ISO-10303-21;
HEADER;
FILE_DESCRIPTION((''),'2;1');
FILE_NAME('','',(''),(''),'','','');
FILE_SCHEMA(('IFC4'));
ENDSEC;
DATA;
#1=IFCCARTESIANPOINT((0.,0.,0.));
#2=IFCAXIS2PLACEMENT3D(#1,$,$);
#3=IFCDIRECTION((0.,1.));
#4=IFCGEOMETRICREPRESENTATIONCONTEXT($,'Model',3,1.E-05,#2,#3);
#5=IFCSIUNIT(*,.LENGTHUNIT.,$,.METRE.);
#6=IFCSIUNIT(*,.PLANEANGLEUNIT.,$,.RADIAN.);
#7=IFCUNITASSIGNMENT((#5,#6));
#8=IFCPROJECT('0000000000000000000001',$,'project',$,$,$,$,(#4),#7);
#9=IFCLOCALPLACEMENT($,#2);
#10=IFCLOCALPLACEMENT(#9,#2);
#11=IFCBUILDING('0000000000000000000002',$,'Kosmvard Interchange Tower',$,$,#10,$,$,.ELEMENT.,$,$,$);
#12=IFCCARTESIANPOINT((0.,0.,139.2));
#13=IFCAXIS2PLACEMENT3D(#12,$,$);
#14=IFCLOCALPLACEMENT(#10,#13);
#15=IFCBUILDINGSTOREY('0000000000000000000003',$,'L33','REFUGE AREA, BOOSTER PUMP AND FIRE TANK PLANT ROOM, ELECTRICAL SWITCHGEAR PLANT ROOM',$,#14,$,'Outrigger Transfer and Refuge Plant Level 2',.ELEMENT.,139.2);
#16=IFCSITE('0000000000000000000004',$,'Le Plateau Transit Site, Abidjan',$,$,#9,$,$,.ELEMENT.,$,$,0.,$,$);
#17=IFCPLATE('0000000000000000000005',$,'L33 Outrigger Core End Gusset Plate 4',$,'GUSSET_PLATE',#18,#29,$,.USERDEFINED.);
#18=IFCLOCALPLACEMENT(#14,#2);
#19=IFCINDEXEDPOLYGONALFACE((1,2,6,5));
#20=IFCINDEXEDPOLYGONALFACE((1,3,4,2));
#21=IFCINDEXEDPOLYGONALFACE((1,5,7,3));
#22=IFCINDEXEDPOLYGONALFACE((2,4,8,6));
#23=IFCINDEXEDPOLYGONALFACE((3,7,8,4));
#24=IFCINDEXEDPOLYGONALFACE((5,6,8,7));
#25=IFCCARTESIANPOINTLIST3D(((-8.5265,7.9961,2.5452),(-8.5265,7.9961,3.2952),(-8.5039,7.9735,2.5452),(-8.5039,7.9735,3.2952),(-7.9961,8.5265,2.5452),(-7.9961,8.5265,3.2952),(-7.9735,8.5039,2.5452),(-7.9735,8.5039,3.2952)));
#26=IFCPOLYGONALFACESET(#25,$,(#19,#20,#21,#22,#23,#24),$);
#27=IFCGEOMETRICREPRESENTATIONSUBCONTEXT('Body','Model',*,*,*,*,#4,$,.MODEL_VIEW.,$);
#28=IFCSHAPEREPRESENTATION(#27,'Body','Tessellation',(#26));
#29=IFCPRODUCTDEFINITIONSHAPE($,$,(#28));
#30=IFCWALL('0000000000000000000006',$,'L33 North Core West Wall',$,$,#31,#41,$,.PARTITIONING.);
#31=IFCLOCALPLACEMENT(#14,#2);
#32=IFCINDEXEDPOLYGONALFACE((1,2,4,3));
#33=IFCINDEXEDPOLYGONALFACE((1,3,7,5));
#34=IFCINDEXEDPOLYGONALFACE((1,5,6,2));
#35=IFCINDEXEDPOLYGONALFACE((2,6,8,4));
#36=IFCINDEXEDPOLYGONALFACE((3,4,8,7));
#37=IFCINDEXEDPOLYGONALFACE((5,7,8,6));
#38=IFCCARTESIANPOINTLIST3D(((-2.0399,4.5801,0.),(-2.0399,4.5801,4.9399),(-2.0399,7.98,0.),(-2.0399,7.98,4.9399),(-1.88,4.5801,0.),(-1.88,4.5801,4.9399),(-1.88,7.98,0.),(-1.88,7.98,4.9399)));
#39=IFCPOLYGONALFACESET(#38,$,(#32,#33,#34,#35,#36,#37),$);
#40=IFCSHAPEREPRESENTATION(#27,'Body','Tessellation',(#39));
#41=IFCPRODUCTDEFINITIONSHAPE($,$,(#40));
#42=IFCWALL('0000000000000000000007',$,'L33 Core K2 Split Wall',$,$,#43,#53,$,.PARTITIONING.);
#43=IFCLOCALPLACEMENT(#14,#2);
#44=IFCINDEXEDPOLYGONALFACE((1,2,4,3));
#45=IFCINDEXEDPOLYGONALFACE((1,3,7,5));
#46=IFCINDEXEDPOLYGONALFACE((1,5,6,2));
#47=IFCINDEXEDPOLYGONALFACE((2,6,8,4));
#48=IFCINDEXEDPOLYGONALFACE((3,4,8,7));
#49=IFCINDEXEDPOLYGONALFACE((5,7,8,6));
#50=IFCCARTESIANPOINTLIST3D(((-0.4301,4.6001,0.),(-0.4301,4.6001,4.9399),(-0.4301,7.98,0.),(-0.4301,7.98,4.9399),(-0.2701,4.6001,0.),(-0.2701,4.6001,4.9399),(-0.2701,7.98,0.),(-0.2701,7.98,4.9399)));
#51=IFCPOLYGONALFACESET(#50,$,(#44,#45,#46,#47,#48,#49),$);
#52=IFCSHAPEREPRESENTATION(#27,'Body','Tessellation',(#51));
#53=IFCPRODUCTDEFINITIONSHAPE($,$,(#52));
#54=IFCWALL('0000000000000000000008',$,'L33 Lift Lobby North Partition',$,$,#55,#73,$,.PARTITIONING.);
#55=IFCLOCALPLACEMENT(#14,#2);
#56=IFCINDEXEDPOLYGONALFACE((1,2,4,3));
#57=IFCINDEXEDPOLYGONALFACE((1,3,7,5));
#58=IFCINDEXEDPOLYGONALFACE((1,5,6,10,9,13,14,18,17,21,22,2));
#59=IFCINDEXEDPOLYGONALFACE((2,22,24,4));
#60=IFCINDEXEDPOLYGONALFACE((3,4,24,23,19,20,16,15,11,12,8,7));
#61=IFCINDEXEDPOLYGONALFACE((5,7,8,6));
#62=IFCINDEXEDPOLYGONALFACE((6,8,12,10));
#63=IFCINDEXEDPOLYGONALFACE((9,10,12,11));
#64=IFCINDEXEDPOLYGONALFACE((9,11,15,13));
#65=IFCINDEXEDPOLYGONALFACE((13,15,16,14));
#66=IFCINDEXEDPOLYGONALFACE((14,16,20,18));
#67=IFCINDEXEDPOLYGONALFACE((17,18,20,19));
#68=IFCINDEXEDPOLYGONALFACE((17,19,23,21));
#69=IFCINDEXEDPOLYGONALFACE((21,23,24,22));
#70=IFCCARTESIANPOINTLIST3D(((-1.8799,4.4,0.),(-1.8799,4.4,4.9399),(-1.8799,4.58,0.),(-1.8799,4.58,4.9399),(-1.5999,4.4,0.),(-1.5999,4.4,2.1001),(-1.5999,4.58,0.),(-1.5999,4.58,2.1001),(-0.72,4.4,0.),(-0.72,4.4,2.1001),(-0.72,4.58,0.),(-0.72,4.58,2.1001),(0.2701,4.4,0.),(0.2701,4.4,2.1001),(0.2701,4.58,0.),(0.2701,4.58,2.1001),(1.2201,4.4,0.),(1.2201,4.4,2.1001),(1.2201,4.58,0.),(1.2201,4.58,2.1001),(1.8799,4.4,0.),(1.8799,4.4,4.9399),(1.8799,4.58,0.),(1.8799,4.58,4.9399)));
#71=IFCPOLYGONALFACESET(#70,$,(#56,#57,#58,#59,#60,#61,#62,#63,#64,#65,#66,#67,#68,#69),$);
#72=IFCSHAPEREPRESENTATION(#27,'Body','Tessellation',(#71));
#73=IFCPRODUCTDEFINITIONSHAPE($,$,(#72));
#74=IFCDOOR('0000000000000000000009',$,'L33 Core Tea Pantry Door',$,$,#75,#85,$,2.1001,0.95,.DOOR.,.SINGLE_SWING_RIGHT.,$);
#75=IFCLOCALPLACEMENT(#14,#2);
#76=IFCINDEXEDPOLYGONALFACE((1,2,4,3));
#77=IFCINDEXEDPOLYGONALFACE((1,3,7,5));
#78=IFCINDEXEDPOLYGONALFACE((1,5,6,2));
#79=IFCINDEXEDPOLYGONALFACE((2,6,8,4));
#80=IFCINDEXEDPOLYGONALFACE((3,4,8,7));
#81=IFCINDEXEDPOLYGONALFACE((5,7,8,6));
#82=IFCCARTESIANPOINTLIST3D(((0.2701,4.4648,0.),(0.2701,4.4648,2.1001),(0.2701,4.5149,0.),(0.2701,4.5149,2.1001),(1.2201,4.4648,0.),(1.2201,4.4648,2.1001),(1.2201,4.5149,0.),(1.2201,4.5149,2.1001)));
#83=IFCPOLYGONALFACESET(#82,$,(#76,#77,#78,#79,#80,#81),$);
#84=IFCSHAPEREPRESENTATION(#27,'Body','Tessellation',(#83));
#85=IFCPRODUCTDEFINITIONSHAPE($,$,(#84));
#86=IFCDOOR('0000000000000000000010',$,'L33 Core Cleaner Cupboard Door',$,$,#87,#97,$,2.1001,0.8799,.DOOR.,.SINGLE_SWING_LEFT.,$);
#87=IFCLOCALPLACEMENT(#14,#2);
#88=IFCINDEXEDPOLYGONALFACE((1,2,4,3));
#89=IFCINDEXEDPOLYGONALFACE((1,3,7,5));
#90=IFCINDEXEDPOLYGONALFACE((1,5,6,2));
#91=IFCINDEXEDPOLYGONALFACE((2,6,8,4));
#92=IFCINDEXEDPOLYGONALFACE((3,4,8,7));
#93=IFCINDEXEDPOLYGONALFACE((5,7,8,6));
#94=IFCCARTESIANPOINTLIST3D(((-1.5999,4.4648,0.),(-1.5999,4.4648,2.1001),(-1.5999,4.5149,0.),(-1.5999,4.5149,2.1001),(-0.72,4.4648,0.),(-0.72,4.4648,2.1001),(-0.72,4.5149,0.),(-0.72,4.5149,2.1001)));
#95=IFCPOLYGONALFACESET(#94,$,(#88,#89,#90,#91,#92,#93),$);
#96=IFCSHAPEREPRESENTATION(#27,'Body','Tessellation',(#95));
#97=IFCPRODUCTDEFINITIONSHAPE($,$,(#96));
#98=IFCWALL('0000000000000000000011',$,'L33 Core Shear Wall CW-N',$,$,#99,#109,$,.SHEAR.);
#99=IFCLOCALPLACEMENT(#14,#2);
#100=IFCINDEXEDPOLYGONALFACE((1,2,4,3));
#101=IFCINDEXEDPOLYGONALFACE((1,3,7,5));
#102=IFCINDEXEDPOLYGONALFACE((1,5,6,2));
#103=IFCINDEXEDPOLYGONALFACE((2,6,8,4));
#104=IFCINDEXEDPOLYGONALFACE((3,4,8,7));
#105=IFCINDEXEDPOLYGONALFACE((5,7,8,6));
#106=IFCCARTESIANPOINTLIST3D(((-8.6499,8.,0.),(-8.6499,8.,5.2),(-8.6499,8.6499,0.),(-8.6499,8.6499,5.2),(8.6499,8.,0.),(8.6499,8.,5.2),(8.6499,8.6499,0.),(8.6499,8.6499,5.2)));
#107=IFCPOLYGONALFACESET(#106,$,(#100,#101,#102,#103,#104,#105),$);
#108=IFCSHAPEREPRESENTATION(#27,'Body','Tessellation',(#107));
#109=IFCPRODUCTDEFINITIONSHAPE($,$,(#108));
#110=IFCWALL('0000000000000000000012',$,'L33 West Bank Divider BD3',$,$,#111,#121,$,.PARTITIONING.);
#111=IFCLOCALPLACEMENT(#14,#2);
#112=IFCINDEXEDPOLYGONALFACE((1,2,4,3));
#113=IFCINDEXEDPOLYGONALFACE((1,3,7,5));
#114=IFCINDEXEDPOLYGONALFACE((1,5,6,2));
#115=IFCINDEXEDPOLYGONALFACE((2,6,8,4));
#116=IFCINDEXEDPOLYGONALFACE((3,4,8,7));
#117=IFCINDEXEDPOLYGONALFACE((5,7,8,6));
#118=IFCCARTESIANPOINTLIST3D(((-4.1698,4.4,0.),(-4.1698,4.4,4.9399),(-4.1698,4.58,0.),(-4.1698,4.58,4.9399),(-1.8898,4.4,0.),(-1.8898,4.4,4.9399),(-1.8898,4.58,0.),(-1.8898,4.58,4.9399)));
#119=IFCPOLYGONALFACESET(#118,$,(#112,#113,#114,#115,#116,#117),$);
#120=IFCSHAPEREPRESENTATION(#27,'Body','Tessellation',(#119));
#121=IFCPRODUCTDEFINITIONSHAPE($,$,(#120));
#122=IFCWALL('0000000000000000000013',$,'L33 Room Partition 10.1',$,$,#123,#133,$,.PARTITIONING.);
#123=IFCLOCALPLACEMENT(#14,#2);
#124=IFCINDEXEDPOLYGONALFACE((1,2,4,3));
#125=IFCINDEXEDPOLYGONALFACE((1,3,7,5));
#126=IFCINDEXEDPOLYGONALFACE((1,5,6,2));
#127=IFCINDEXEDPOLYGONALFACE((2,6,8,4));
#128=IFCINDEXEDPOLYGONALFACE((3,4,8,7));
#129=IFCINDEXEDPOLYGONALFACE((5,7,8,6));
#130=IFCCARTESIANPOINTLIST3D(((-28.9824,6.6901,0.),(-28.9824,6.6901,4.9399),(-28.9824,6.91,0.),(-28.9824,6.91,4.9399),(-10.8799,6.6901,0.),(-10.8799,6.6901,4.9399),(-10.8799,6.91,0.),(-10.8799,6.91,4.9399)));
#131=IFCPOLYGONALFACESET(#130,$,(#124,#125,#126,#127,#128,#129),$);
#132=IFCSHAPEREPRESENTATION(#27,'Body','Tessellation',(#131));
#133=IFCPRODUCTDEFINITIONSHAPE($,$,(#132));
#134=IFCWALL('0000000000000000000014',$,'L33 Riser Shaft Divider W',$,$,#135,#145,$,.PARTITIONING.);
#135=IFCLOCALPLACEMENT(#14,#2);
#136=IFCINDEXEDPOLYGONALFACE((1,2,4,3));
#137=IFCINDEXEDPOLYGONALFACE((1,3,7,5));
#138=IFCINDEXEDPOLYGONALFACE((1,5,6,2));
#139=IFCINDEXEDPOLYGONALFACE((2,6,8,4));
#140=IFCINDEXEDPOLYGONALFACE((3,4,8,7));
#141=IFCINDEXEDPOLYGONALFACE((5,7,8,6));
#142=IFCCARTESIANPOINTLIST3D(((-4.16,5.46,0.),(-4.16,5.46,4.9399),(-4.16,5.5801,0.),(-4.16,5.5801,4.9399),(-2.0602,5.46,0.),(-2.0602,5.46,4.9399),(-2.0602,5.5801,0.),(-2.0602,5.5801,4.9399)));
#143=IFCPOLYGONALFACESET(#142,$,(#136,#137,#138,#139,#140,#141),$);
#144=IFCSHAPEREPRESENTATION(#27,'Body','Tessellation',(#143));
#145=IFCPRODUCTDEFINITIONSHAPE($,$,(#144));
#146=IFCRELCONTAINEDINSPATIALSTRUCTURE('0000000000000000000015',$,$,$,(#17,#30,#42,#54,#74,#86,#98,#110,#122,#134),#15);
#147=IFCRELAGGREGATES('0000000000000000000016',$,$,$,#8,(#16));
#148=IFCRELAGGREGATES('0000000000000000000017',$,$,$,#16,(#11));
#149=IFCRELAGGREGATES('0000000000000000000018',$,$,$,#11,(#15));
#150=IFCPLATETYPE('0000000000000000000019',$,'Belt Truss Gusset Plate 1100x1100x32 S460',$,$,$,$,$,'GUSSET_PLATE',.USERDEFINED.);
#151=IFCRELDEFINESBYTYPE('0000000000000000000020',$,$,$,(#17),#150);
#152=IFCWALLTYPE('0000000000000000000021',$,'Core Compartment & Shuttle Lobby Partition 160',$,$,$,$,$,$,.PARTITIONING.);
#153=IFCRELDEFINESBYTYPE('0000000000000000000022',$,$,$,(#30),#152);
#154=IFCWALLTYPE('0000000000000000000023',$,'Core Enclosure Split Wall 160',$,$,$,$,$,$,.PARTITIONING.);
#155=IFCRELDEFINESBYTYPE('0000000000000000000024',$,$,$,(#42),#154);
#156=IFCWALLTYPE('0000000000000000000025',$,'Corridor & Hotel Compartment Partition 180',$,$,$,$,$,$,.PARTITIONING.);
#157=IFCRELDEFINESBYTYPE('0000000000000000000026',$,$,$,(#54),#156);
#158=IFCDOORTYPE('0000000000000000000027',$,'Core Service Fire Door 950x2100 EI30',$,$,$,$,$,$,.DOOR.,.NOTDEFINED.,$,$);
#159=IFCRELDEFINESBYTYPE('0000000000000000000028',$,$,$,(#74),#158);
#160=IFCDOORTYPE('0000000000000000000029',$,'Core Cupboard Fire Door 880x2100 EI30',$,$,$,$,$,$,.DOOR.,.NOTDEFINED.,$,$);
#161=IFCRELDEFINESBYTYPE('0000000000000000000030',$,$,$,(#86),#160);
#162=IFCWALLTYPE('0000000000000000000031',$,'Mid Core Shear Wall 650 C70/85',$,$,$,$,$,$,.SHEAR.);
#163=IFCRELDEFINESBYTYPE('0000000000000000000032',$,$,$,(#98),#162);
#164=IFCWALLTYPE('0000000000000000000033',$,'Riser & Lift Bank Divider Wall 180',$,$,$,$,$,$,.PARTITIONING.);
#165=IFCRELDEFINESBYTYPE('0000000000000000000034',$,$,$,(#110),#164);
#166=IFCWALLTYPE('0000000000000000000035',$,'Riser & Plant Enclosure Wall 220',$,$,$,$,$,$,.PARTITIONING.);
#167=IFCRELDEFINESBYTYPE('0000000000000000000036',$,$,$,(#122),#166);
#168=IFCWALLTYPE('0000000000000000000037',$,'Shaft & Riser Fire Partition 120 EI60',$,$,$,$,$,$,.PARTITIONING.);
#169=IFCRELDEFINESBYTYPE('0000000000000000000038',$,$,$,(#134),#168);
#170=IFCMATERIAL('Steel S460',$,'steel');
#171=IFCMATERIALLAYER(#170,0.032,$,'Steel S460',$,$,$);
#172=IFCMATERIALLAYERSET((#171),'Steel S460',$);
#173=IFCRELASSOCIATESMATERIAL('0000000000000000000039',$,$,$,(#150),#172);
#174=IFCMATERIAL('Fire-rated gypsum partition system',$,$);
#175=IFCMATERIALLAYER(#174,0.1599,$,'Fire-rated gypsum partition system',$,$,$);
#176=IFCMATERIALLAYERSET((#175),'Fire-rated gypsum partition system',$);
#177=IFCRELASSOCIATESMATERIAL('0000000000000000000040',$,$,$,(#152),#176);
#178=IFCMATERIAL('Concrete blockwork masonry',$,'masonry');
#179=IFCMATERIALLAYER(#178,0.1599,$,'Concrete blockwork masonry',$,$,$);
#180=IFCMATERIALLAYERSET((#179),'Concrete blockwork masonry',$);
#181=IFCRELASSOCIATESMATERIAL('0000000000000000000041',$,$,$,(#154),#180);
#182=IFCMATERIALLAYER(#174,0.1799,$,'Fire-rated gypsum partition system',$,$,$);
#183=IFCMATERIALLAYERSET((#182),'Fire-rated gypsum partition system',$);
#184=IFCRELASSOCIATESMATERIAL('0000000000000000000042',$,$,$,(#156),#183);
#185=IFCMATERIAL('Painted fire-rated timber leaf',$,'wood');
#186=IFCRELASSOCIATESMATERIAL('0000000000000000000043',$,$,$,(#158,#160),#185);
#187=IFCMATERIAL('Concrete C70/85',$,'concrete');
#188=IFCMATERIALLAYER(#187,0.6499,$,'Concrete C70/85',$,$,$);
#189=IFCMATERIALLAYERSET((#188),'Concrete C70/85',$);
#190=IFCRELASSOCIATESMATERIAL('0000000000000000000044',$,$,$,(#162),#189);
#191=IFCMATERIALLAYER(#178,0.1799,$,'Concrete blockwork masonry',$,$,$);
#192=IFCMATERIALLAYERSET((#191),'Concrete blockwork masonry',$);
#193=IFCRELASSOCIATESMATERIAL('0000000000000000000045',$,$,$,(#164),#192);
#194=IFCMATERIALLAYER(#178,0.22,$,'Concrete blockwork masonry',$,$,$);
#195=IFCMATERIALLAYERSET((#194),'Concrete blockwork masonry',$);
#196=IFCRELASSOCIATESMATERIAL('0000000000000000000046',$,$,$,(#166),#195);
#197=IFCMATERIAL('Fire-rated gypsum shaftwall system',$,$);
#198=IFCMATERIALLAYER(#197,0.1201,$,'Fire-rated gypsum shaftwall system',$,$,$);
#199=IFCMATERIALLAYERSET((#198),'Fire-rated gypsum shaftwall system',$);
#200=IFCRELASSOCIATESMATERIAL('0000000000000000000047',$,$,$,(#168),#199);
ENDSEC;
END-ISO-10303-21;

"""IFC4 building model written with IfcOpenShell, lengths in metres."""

from ifc_helpers import new_model, si_unit, direction, frame, frame_2d, origin, origin_2d, place, context, subcontext, project, spatial, rectangle, extrude, source, transform, mapped, material, layer, layer_set, type_object, element, fill, save


model = new_model("IFC4")

# Units and contexts
model_context = context("Model", 3, precision=1e-05, world=origin(), true_north=direction((0.0, 1.0)))
body_context = subcontext(model_context, "Body", "Model", "MODEL_VIEW")
ifc_project = project(units=[si_unit("LENGTHUNIT", "METRE"), si_unit("PLANEANGLEUNIT", "RADIAN")], contexts=[model_context])

# Site, building, storey
site_placement = place(None, origin())
site = spatial("IfcSite", under=ifc_project, at=site_placement, Name="Le Plateau Transit Site, Abidjan", CompositionType="ELEMENT", RefElevation=0.0)
building_placement = place(site_placement, origin())
building = spatial("IfcBuilding", under=site, at=building_placement, Name="Kosmvard Interchange Tower", CompositionType="ELEMENT")
storey_placement = place(building_placement, frame((0.0, 0.0, 139.2)))
storey = spatial("IfcBuildingStorey", under=building, at=storey_placement, Name="L33", Description="REFUGE AREA, BOOSTER PUMP AND FIRE TANK PLANT ROOM, ELECTRICAL SWITCHGEAR PLANT ROOM", LongName="Outrigger Transfer and Refuge Plant Level 2", CompositionType="ELEMENT", Elevation=139.2)

# Shared definitions
ifc_material_1 = material(Name="Steel S460", Category="steel")

# Plate
ifc_layer_1 = layer(ifc_material_1, 0.032, Name="Steel S460")
ifc_layer_set_1 = layer_set([ifc_layer_1], Name="Steel S460")
plate_type = type_object("IfcPlateType", Name="Belt Truss Gusset Plate 1100x1100x32 S460", ElementType="GUSSET_PLATE", PredefinedType="USERDEFINED", material=ifc_layer_set_1)
shared_shape_1 = source(origin(), body_context, "Body", "SweptSolid", [
    extrude(rectangle(XDim=0.75, YDim=0.032, at=origin_2d()), origin(), (0.0, 0.0, 1.0), 0.75),
])
plate_placement = place(storey_placement, frame((-8.25, 8.25, 2.5452), z_axis=(0.0, 0.0, 1.0), x_axis=(0.707107, 0.707107, 0.0)))
element("IfcPlate", 1, at=plate_placement, inside=storey, type_object=plate_type, Name="L33 Outrigger Core End Gusset Plate 4", ObjectType="GUSSET_PLATE", PredefinedType="USERDEFINED", context=body_context, shape_type="MappedRepresentation", body=[
    mapped(shared_shape_1, transform((0.0, 0.0, 0.0), scale=1.0)),
])

# Walls
ifc_material_2 = material(Name="Fire-rated gypsum partition system")
ifc_layer_2 = layer(ifc_material_2, 0.1599, Name="Fire-rated gypsum partition system")
ifc_layer_set_2 = layer_set([ifc_layer_2], Name="Fire-rated gypsum partition system")
wall_type_1 = type_object("IfcWallType", Name="Core Compartment & Shuttle Lobby Partition 160", PredefinedType="PARTITIONING", material=ifc_layer_set_2)
wall_1_placement = place(storey_placement, frame((-1.96, 4.5801, 0.0), z_axis=(0.0, 0.0, 1.0), x_axis=(0.0, 1.0, 0.0)))
element("IfcWall", 2, at=wall_1_placement, inside=storey, type_object=wall_type_1, Name="L33 North Core West Wall", PredefinedType="PARTITIONING", context=body_context, shape_type="SweptSolid", body=[
    extrude(rectangle(XDim=3.3999, YDim=0.1599, at=frame_2d((1.7, 0.0))), origin(), (0.0, 0.0, 1.0), 4.9399),
])
ifc_material_3 = material(Name="Concrete blockwork masonry", Category="masonry")
ifc_layer_3 = layer(ifc_material_3, 0.1599, Name="Concrete blockwork masonry")
ifc_layer_set_3 = layer_set([ifc_layer_3], Name="Concrete blockwork masonry")
wall_type_2 = type_object("IfcWallType", Name="Core Enclosure Split Wall 160", PredefinedType="PARTITIONING", material=ifc_layer_set_3)
wall_2_placement = place(storey_placement, frame((-0.3501, 4.6001, 0.0), z_axis=(0.0, 0.0, 1.0), x_axis=(0.0, 1.0, 0.0)))
element("IfcWall", 3, at=wall_2_placement, inside=storey, type_object=wall_type_2, Name="L33 Core K2 Split Wall", PredefinedType="PARTITIONING", context=body_context, shape_type="SweptSolid", body=[
    extrude(rectangle(XDim=3.3799, YDim=0.1599, at=frame_2d((1.6899, 0.0))), origin(), (0.0, 0.0, 1.0), 4.9399),
])

# Wall, openings, doors
ifc_layer_4 = layer(ifc_material_2, 0.1799, Name="Fire-rated gypsum partition system")
ifc_layer_set_4 = layer_set([ifc_layer_4], Name="Fire-rated gypsum partition system")
wall_type_3 = type_object("IfcWallType", Name="Corridor & Hotel Compartment Partition 180", PredefinedType="PARTITIONING", material=ifc_layer_set_4)
wall_3_placement = place(storey_placement, frame((-1.8799, 4.49, 0.0), z_axis=(0.0, 0.0, 1.0), x_axis=(1.0, 0.0, 0.0)))
wall_3 = element("IfcWall", 4, at=wall_3_placement, inside=storey, type_object=wall_type_3, Name="L33 Lift Lobby North Partition", PredefinedType="PARTITIONING", context=body_context, shape_type="SweptSolid", body=[
    extrude(rectangle(XDim=3.7598, YDim=0.1799, at=frame_2d((1.8799, 0.0))), origin(), (0.0, 0.0, 1.0), 4.9399),
])
opening_1_placement = place(wall_3_placement, frame((0.28, 0.0, 0.0)))
opening_1 = element("IfcOpeningElement", 5, at=opening_1_placement, cuts=wall_3, PredefinedType="OPENING", context=body_context, shape_type="SweptSolid", body=[
    extrude(rectangle(XDim=0.8799, YDim=2.1001, at=frame_2d((0.4399, 1.05))), frame((0.0, 0.1001, 0.0), z_axis=(0.0, -1.0, 0.0), x_axis=(1.0, 0.0, 0.0)), (0.0, 0.0, 1.0), 0.2),
])
opening_2_placement = place(wall_3_placement, frame((2.1499, 0.0, 0.0)))
opening_2 = element("IfcOpeningElement", 6, at=opening_2_placement, cuts=wall_3, PredefinedType="OPENING", context=body_context, shape_type="SweptSolid", body=[
    extrude(rectangle(XDim=0.95, YDim=2.1001, at=frame_2d((0.4751, 1.05))), frame((0.0, 0.1001, 0.0), z_axis=(0.0, -1.0, 0.0), x_axis=(1.0, 0.0, 0.0)), (0.0, 0.0, 1.0), 0.2),
])
ifc_material_4 = material(Name="Painted fire-rated timber leaf", Category="wood")
door_type_1 = type_object("IfcDoorType", Name="Core Service Fire Door 950x2100 EI30", OperationType="NOTDEFINED", PredefinedType="DOOR", material=ifc_material_4)
shared_shape_2 = source(origin(), body_context, "Body", "SweptSolid", [
    extrude(rectangle(XDim=0.95, YDim=2.1001, at=frame_2d((0.4751, 1.05))), frame((0.0, 0.0249, 0.0), z_axis=(0.0, -1.0, 0.0), x_axis=(1.0, 0.0, 0.0)), (0.0, 0.0, 1.0), 0.05),
])
door_1_placement = place(opening_2_placement, origin())
door_1 = element("IfcDoor", 7, at=door_1_placement, inside=storey, type_object=door_type_1, Name="L33 Core Tea Pantry Door", OperationType="SINGLE_SWING_RIGHT", OverallHeight=2.1001, OverallWidth=0.95, PredefinedType="DOOR", context=body_context, shape_type="MappedRepresentation", body=[
    mapped(shared_shape_2, transform((0.0, 0.0, 0.0), scale=1.0)),
])
fill(opening_2, door_1)
door_type_2 = type_object("IfcDoorType", Name="Core Cupboard Fire Door 880x2100 EI30", OperationType="NOTDEFINED", PredefinedType="DOOR", material=ifc_material_4)
shared_shape_3 = source(origin(), body_context, "Body", "SweptSolid", [
    extrude(rectangle(XDim=0.8799, YDim=2.1001, at=frame_2d((0.4399, 1.05))), frame((0.0, 0.0249, 0.0), z_axis=(0.0, -1.0, 0.0), x_axis=(1.0, 0.0, 0.0)), (0.0, 0.0, 1.0), 0.05),
])
door_2_placement = place(opening_1_placement, origin())
door_2 = element("IfcDoor", 8, at=door_2_placement, inside=storey, type_object=door_type_2, Name="L33 Core Cleaner Cupboard Door", OperationType="SINGLE_SWING_LEFT", OverallHeight=2.1001, OverallWidth=0.8799, PredefinedType="DOOR", context=body_context, shape_type="MappedRepresentation", body=[
    mapped(shared_shape_3, transform((0.0, 0.0, 0.0), scale=1.0)),
])
fill(opening_1, door_2)

# Walls
ifc_material_5 = material(Name="Concrete C70/85", Category="concrete")
ifc_layer_5 = layer(ifc_material_5, 0.6499, Name="Concrete C70/85")
ifc_layer_set_5 = layer_set([ifc_layer_5], Name="Concrete C70/85")
wall_type_4 = type_object("IfcWallType", Name="Mid Core Shear Wall 650 C70/85", PredefinedType="SHEAR", material=ifc_layer_set_5)
wall_4_placement = place(storey_placement, frame((-8.6499, 8.325, 0.0), z_axis=(0.0, 0.0, 1.0), x_axis=(1.0, 0.0, 0.0)))
element("IfcWall", 9, at=wall_4_placement, inside=storey, type_object=wall_type_4, Name="L33 Core Shear Wall CW-N", PredefinedType="SHEAR", context=body_context, shape_type="SweptSolid", body=[
    extrude(rectangle(XDim=17.2998, YDim=0.6499, at=frame_2d((8.6499, 0.0))), origin(), (0.0, 0.0, 1.0), 5.2),
])
ifc_layer_6 = layer(ifc_material_3, 0.1799, Name="Concrete blockwork masonry")
ifc_layer_set_6 = layer_set([ifc_layer_6], Name="Concrete blockwork masonry")
wall_type_5 = type_object("IfcWallType", Name="Riser & Lift Bank Divider Wall 180", PredefinedType="PARTITIONING", material=ifc_layer_set_6)
wall_5_placement = place(storey_placement, frame((-4.1699, 4.49, 0.0), z_axis=(0.0, 0.0, 1.0), x_axis=(1.0, 0.0, 0.0)))
element("IfcWall", 10, at=wall_5_placement, inside=storey, type_object=wall_type_5, Name="L33 West Bank Divider BD3", PredefinedType="PARTITIONING", context=body_context, shape_type="SweptSolid", body=[
    extrude(rectangle(XDim=2.28, YDim=0.1799, at=frame_2d((1.1401, 0.0))), origin(), (0.0, 0.0, 1.0), 4.9399),
])
ifc_layer_7 = layer(ifc_material_3, 0.22, Name="Concrete blockwork masonry")
ifc_layer_set_7 = layer_set([ifc_layer_7], Name="Concrete blockwork masonry")
wall_type_6 = type_object("IfcWallType", Name="Riser & Plant Enclosure Wall 220", PredefinedType="PARTITIONING", material=ifc_layer_set_7)
wall_6_placement = place(storey_placement, frame((-10.8799, 6.8, 0.0), z_axis=(0.0, 0.0, 1.0), x_axis=(-1.0, 0.0, 0.0)))
element("IfcWall", 11, at=wall_6_placement, inside=storey, type_object=wall_type_6, Name="L33 Room Partition 10.1", PredefinedType="PARTITIONING", context=body_context, shape_type="SweptSolid", body=[
    extrude(rectangle(XDim=18.1025, YDim=0.22, at=frame_2d((9.0513, 0.0))), origin(), (0.0, 0.0, 1.0), 4.9399),
])
ifc_material_6 = material(Name="Fire-rated gypsum shaftwall system")
ifc_layer_8 = layer(ifc_material_6, 0.1201, Name="Fire-rated gypsum shaftwall system")
ifc_layer_set_8 = layer_set([ifc_layer_8], Name="Fire-rated gypsum shaftwall system")
wall_type_7 = type_object("IfcWallType", Name="Shaft & Riser Fire Partition 120 EI60", PredefinedType="PARTITIONING", material=ifc_layer_set_8)
wall_7_placement = place(storey_placement, frame((-4.1599, 5.52, 0.0), z_axis=(0.0, 0.0, 1.0), x_axis=(1.0, 0.0, 0.0)))
element("IfcWall", 12, at=wall_7_placement, inside=storey, type_object=wall_type_7, Name="L33 Riser Shaft Divider W", PredefinedType="PARTITIONING", context=body_context, shape_type="SweptSolid", body=[
    extrude(rectangle(XDim=2.0999, YDim=0.1201, at=frame_2d((1.0498, 0.0))), origin(), (0.0, 0.0, 1.0), 4.9399),
])

save(model, "model.ifc")
